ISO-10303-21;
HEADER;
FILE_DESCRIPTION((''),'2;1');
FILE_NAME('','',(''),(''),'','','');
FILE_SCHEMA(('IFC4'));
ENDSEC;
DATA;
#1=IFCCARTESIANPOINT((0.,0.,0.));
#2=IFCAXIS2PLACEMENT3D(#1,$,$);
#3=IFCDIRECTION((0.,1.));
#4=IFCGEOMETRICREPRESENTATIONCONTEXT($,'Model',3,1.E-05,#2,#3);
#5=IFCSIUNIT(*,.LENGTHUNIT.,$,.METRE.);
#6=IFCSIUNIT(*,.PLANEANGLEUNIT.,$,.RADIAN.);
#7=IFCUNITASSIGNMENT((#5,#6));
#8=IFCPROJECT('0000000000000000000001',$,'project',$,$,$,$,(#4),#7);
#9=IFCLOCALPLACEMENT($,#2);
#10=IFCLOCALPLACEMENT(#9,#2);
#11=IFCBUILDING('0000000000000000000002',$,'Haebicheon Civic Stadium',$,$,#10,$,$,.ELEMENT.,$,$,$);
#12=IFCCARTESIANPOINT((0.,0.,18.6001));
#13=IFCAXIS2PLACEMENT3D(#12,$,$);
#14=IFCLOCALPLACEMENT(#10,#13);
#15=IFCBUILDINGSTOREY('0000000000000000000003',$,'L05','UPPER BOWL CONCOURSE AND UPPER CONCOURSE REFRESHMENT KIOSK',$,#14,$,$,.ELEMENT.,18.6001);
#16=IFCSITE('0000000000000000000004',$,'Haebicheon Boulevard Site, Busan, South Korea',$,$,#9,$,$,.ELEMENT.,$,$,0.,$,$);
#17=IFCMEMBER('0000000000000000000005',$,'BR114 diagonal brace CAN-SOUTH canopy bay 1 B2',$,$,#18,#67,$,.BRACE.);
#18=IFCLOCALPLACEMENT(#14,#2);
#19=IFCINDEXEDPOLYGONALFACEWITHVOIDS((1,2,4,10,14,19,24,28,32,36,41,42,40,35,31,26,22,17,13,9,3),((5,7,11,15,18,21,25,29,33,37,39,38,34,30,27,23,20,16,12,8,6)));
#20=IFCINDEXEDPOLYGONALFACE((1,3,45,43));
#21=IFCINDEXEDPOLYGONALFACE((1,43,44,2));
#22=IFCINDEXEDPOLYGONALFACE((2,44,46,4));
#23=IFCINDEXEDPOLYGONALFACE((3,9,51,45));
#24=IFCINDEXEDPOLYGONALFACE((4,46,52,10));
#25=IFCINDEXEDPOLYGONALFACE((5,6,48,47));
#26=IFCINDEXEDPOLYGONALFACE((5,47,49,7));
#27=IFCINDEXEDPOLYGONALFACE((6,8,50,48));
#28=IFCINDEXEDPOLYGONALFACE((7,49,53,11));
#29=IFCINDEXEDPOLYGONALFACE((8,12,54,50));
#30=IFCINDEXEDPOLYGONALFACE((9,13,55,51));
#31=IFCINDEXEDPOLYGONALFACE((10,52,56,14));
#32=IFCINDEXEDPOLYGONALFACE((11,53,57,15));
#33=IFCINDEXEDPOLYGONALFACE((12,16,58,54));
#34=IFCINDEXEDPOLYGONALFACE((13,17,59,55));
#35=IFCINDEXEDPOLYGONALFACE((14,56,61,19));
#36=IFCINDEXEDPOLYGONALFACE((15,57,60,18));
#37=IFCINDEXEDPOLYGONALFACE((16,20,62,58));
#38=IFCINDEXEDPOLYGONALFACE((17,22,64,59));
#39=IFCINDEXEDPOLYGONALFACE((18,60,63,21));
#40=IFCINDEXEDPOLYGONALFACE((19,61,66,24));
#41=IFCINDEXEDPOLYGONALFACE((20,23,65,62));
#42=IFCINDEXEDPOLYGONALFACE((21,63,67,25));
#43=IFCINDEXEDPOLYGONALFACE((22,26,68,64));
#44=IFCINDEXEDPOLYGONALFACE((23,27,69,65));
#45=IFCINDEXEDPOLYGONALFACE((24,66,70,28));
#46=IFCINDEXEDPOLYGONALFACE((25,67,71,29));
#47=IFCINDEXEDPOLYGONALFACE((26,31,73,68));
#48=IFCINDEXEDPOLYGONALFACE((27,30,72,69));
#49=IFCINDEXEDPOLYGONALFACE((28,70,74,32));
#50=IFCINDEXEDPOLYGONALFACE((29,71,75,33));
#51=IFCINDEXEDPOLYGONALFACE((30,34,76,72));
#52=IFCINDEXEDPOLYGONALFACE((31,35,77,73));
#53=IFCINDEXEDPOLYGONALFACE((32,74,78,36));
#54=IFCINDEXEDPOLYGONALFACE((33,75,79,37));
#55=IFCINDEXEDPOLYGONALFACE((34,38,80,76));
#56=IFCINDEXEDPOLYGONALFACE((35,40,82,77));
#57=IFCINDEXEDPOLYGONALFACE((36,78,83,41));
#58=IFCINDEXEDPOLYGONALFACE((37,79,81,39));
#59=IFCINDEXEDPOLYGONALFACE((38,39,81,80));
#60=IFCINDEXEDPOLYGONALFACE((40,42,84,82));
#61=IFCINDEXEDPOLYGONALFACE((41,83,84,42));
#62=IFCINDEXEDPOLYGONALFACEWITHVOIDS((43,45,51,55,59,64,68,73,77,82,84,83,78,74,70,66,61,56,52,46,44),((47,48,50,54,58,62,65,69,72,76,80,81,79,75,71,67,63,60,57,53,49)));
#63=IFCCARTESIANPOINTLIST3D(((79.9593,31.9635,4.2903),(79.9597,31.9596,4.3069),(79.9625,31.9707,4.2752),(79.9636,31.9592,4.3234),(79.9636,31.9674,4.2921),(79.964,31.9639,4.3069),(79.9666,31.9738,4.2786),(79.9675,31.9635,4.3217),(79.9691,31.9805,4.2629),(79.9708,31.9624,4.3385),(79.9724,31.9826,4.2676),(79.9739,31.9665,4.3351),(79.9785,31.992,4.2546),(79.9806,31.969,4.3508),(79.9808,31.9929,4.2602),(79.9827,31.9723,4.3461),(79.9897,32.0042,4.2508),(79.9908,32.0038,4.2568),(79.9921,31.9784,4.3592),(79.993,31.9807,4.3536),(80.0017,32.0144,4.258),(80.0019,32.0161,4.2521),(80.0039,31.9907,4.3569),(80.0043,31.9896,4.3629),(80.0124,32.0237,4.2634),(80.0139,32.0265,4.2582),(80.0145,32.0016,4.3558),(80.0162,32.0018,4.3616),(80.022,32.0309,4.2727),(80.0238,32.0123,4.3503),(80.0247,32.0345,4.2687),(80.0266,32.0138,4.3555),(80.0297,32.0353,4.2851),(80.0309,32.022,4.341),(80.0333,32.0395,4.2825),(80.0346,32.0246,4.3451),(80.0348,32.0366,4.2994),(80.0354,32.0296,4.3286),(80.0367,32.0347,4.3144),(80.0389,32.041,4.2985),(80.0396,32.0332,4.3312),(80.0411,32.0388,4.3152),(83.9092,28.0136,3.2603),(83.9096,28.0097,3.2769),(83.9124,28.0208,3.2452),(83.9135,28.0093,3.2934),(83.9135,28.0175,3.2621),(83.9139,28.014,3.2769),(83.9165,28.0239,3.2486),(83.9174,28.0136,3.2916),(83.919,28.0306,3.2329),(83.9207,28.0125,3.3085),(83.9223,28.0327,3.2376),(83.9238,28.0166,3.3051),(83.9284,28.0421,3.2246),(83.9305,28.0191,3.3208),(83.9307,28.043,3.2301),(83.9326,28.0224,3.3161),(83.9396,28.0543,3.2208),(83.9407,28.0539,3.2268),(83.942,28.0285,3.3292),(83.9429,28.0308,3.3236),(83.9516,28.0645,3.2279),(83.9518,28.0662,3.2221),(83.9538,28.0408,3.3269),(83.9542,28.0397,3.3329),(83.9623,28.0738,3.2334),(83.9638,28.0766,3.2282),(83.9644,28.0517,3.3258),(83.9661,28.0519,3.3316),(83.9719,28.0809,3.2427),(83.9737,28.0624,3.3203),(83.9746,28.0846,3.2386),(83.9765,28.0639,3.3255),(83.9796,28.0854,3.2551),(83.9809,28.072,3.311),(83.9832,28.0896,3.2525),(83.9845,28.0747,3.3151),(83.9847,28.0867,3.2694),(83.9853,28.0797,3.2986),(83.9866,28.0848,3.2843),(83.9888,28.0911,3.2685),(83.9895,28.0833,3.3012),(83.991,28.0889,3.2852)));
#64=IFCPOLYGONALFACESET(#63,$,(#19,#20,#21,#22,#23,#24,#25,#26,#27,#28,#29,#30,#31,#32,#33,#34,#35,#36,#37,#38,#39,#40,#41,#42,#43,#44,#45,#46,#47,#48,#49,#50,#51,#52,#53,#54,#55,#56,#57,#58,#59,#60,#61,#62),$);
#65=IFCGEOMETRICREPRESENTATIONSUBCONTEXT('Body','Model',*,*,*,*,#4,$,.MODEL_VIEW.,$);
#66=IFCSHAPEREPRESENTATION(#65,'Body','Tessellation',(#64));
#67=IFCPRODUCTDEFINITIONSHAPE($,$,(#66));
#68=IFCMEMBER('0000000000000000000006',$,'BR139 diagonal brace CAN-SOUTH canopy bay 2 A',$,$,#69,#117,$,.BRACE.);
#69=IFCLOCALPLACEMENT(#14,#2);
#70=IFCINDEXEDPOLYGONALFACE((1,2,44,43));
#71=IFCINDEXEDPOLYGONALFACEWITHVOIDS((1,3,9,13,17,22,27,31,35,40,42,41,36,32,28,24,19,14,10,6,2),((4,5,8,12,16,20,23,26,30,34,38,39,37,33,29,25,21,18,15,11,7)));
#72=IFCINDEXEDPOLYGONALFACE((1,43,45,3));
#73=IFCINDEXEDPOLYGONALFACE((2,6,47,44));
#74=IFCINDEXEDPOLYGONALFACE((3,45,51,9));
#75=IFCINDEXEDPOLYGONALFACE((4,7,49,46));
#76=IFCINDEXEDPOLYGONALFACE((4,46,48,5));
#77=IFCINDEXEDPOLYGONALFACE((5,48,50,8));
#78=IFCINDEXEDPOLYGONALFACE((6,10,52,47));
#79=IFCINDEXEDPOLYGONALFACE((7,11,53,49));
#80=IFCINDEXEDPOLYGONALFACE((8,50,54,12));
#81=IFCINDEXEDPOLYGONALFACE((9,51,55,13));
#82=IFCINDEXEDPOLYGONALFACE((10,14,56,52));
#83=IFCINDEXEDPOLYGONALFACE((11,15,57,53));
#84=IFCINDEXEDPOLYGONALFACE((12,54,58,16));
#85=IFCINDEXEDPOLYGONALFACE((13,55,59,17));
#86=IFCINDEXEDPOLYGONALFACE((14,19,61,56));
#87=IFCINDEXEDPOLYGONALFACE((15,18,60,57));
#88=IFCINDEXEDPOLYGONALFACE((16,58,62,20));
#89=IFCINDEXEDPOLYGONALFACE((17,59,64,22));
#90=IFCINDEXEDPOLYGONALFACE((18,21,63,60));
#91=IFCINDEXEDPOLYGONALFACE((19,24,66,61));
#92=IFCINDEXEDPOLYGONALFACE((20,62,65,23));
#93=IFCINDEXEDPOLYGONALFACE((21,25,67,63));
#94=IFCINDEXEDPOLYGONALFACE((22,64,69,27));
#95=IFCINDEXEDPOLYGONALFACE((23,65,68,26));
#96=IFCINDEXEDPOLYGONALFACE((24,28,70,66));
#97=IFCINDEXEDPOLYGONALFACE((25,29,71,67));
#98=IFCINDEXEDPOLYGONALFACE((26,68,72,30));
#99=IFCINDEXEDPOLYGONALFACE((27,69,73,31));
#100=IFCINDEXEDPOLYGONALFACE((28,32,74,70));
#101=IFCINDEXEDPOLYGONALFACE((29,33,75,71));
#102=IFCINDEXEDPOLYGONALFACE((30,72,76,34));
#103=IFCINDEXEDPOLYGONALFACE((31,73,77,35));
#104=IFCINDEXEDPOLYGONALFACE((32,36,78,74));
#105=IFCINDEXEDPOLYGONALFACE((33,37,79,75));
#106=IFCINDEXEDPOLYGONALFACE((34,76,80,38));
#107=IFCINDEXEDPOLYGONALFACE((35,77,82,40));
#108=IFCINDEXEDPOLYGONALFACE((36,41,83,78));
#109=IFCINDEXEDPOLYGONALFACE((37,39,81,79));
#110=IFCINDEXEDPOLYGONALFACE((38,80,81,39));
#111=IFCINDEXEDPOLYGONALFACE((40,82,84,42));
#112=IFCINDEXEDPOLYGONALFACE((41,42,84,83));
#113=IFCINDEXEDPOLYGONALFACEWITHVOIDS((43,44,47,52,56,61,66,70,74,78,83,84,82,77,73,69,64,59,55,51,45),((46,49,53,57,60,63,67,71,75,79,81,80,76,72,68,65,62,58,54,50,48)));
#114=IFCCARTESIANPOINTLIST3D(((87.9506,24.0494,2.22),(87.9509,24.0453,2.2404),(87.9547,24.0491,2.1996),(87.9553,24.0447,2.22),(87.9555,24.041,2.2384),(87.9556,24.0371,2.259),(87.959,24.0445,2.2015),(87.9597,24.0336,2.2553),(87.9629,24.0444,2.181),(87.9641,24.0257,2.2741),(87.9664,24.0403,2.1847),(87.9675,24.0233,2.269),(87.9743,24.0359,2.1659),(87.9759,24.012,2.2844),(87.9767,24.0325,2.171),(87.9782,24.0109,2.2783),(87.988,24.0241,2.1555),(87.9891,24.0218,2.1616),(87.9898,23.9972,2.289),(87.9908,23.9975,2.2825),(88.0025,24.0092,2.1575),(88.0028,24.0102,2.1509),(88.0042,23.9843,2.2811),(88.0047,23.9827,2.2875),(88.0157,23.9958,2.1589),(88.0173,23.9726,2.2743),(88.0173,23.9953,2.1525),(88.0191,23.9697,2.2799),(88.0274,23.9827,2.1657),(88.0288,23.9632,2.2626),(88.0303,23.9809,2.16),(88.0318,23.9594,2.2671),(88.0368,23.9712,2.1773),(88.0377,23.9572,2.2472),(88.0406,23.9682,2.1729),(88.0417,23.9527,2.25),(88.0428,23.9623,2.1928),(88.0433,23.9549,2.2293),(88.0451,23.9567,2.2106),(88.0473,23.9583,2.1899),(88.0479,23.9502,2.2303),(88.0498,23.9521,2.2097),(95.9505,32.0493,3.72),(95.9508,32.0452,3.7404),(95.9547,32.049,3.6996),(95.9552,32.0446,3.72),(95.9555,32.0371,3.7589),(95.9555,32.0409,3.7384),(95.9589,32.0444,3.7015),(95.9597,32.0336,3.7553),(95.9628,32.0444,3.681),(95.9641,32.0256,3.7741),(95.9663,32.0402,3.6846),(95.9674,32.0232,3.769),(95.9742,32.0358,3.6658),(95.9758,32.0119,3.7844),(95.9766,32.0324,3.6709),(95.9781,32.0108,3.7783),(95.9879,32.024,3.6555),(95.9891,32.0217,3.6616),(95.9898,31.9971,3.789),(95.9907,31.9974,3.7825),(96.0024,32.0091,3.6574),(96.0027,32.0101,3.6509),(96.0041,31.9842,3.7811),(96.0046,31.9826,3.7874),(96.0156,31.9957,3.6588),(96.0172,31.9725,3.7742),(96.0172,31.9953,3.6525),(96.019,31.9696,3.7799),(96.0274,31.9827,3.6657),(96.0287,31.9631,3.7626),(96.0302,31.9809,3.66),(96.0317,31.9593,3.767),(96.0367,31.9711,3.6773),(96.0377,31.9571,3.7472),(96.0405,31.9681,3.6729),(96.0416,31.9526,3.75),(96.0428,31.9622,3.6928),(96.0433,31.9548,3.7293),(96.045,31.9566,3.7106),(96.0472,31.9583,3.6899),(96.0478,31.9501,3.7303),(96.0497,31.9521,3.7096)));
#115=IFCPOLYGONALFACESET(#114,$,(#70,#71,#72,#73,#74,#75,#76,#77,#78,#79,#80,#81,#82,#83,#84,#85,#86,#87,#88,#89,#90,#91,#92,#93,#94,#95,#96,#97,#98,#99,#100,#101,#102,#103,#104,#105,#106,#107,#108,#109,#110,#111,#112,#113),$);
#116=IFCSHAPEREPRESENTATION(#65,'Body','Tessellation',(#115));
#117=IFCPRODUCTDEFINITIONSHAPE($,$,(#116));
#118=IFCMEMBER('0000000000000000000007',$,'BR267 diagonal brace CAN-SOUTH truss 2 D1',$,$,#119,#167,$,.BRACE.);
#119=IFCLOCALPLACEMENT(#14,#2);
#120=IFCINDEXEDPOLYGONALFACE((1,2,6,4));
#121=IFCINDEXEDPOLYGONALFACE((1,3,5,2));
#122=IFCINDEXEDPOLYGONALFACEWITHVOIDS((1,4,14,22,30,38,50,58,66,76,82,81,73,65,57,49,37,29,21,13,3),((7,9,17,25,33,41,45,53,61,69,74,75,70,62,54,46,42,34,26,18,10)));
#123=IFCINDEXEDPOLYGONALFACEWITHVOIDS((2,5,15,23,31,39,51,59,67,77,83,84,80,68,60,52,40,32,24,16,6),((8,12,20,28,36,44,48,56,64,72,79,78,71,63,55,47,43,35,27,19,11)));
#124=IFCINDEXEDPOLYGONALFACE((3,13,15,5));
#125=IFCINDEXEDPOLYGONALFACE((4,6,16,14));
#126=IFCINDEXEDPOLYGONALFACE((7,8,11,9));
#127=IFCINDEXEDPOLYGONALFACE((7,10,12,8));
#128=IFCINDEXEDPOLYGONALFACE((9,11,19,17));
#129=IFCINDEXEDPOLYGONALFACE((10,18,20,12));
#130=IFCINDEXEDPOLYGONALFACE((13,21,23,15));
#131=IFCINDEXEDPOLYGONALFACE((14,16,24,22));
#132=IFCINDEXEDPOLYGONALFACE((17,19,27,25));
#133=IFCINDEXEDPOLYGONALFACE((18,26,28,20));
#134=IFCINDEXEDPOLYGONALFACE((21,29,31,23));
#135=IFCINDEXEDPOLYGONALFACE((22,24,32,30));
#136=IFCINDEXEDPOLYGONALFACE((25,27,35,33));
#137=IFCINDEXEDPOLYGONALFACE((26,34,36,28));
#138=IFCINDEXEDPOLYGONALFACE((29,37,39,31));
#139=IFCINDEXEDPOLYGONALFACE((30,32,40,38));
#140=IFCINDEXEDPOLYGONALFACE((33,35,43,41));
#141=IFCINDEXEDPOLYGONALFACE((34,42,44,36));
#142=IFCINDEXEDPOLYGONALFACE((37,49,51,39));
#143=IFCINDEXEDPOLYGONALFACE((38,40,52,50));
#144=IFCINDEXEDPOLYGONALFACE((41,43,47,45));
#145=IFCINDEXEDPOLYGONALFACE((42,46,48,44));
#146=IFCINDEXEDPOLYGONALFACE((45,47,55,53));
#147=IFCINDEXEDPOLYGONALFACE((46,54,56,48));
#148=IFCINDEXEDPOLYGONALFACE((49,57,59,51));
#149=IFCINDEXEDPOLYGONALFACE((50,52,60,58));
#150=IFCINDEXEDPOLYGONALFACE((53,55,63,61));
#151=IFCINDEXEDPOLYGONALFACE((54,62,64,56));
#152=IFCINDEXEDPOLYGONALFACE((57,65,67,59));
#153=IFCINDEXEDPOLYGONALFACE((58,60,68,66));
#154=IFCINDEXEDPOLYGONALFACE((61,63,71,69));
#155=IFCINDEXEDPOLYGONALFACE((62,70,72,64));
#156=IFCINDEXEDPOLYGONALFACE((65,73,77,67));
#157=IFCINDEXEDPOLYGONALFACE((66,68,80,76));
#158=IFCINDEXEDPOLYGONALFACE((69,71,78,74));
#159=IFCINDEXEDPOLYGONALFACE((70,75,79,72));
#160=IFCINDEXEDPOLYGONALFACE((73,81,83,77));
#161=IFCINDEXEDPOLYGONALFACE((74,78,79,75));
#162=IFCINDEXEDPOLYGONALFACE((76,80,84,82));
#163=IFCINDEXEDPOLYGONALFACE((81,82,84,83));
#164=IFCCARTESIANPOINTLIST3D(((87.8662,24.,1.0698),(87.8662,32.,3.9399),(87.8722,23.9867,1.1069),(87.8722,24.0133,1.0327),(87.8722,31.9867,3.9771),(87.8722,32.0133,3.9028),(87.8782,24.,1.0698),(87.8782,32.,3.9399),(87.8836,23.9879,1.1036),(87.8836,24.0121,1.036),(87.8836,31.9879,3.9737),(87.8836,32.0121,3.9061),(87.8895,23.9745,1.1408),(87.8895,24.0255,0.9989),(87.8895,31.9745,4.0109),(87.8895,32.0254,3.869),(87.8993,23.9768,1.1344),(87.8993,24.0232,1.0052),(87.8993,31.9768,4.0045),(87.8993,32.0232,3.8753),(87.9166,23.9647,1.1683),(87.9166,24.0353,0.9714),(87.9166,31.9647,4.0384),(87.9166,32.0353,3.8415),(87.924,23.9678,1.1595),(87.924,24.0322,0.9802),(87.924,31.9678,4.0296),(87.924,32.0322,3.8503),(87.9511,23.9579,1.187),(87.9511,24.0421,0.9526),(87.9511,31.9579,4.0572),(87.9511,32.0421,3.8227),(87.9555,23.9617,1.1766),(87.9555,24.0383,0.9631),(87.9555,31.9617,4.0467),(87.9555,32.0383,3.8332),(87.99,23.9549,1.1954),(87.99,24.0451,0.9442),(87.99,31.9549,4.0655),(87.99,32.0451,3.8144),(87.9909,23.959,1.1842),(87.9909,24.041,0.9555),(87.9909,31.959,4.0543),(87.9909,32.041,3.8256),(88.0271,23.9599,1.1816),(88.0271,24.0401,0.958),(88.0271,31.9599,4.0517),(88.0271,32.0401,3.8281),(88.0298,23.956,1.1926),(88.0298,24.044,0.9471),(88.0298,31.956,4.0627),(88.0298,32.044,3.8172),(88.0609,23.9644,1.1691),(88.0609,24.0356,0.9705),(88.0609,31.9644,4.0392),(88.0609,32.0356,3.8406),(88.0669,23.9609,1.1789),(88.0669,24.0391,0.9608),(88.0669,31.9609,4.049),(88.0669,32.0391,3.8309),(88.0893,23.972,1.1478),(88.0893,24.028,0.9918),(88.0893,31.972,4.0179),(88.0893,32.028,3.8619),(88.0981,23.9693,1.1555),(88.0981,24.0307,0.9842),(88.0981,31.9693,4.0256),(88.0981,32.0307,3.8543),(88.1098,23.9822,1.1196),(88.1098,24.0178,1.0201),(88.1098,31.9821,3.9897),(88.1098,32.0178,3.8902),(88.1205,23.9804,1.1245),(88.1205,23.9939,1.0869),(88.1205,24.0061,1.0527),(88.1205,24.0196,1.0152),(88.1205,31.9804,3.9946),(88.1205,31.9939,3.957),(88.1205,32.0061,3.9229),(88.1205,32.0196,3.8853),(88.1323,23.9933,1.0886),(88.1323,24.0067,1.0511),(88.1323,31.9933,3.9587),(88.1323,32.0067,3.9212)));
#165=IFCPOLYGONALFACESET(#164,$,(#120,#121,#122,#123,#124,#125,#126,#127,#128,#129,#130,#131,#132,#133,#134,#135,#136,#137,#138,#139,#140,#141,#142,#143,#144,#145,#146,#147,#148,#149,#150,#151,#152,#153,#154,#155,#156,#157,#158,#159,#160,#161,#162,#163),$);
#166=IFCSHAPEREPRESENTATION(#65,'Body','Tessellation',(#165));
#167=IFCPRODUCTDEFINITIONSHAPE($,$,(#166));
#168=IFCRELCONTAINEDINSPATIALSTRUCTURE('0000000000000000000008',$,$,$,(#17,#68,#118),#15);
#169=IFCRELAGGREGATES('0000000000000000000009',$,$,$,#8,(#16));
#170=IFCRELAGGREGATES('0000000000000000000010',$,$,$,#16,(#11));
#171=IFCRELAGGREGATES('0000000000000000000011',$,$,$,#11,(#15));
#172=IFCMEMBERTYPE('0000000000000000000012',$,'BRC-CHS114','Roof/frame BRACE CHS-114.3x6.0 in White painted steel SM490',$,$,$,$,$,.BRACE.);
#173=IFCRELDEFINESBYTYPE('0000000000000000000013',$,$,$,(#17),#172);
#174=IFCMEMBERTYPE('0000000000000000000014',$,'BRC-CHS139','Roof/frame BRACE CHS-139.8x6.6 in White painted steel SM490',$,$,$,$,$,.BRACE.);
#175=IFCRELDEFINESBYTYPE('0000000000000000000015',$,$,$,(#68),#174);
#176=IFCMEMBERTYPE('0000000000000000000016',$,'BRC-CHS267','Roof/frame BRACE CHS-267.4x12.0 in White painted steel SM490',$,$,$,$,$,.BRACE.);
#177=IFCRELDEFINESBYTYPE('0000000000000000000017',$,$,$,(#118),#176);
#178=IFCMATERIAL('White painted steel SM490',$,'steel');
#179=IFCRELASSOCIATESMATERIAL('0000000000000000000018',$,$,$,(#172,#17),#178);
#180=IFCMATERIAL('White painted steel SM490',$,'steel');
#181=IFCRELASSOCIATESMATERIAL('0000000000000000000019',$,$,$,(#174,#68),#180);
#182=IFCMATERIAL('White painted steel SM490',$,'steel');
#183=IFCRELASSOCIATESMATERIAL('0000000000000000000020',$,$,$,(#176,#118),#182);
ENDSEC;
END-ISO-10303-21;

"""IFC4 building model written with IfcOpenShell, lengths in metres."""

from ifc_helpers import new_model, si_unit, direction, frame, origin, origin_2d, place, context, subcontext, project, spatial, hollow_circle, extrude, material, material_profile, profile_set, type_object, element, save


model = new_model("IFC4")

# Units and contexts
model_context = context("Model", 3, precision=1e-05, world=origin(), true_north=direction((0.0, 1.0)))
body_context = subcontext(model_context, "Body", "Model", "MODEL_VIEW")
ifc_project = project(units=[si_unit("LENGTHUNIT", "METRE"), si_unit("PLANEANGLEUNIT", "RADIAN")], contexts=[model_context])

# Site, building, storey
site_placement = place(None, origin())
site = spatial("IfcSite", under=ifc_project, at=site_placement, Name="Haebicheon Boulevard Site, Busan, South Korea", CompositionType="ELEMENT", RefElevation=0.0)
building_placement = place(site_placement, origin())
building = spatial("IfcBuilding", under=site, at=building_placement, Name="Haebicheon Civic Stadium", CompositionType="ELEMENT")
storey_placement = place(building_placement, frame((0.0, 0.0, 18.6001)))
storey = spatial("IfcBuildingStorey", under=building, at=storey_placement, Name="L05", Description="UPPER BOWL CONCOURSE AND UPPER CONCOURSE REFRESHMENT KIOSK", CompositionType="ELEMENT", Elevation=18.6001)

# Members
ifc_material_1 = material(Name="White painted steel SM490", Category="steel")
ifc_material_profile_1 = material_profile(ifc_material_1, hollow_circle(Radius=0.0571, WallThickness=0.0061, at=origin_2d()), Name="CHS-114.3x6.0")
ifc_profile_set_1 = profile_set([ifc_material_profile_1], Name="White painted steel SM490")
member_type_1 = type_object("IfcMemberType", Name="BRC-CHS114", Description="Roof/frame BRACE CHS-114.3x6.0 in White painted steel SM490", PredefinedType="BRACE", material=ifc_profile_set_1)
member_1_placement = place(storey_placement, frame((83.95, 28.05, 3.2769), z_axis=(-0.695384, 0.695384, 0.181335), x_axis=(-0.707107, -0.707107, 0.0)))
element("IfcMember", 1, at=member_1_placement, inside=storey, type_object=member_type_1, material=ifc_profile_set_1, Name="BR114 diagonal brace CAN-SOUTH canopy bay 1 B2", PredefinedType="BRACE", context=body_context, shape_type="SweptSolid", body=[
    extrude(hollow_circle(Radius=0.0571, WallThickness=0.0061, at=origin_2d()), origin(), (0.0, 0.0, 1.0), 5.6802),
])
ifc_material_2 = material(Name="White painted steel SM490", Category="steel")
ifc_material_profile_2 = material_profile(ifc_material_2, hollow_circle(Radius=0.0698, WallThickness=0.0066, at=origin_2d()), Name="CHS-139.8x6.6")
ifc_profile_set_2 = profile_set([ifc_material_profile_2], Name="White painted steel SM490")
member_type_2 = type_object("IfcMemberType", Name="BRC-CHS139", Description="Roof/frame BRACE CHS-139.8x6.6 in White painted steel SM490", PredefinedType="BRACE", material=ifc_profile_set_2)
member_2_placement = place(storey_placement, frame((88.0, 24.0, 2.22), z_axis=(0.700973, 0.700973, 0.131432), x_axis=(-0.707107, 0.707107, 0.0)))
element("IfcMember", 2, at=member_2_placement, inside=storey, type_object=member_type_2, material=ifc_profile_set_2, Name="BR139 diagonal brace CAN-SOUTH canopy bay 2 A", PredefinedType="BRACE", context=body_context, shape_type="SweptSolid", body=[
    extrude(hollow_circle(Radius=0.0698, WallThickness=0.0066, at=origin_2d()), origin(), (0.0, 0.0, 1.0), 11.4126),
])
ifc_material_3 = material(Name="White painted steel SM490", Category="steel")
ifc_material_profile_3 = material_profile(ifc_material_3, hollow_circle(Radius=0.1338, WallThickness=0.012, at=origin_2d()), Name="CHS-267.4x12.0")
ifc_profile_set_3 = profile_set([ifc_material_profile_3], Name="White painted steel SM490")
member_type_3 = type_object("IfcMemberType", Name="BRC-CHS267", Description="Roof/frame BRACE CHS-267.4x12.0 in White painted steel SM490", PredefinedType="BRACE", material=ifc_profile_set_3)
member_3_placement = place(storey_placement, frame((88.0, 24.0, 1.0698), z_axis=(0.0, 0.941257, 0.33769), x_axis=(-1.0, 0.0, 0.0)))
element("IfcMember", 3, at=member_3_placement, inside=storey, type_object=member_type_3, material=ifc_profile_set_3, Name="BR267 diagonal brace CAN-SOUTH truss 2 D1", PredefinedType="BRACE", context=body_context, shape_type="SweptSolid", body=[
    extrude(hollow_circle(Radius=0.1338, WallThickness=0.012, at=origin_2d()), origin(), (0.0, 0.0, 1.0), 8.4993),
])

save(model, "model.ifc")
